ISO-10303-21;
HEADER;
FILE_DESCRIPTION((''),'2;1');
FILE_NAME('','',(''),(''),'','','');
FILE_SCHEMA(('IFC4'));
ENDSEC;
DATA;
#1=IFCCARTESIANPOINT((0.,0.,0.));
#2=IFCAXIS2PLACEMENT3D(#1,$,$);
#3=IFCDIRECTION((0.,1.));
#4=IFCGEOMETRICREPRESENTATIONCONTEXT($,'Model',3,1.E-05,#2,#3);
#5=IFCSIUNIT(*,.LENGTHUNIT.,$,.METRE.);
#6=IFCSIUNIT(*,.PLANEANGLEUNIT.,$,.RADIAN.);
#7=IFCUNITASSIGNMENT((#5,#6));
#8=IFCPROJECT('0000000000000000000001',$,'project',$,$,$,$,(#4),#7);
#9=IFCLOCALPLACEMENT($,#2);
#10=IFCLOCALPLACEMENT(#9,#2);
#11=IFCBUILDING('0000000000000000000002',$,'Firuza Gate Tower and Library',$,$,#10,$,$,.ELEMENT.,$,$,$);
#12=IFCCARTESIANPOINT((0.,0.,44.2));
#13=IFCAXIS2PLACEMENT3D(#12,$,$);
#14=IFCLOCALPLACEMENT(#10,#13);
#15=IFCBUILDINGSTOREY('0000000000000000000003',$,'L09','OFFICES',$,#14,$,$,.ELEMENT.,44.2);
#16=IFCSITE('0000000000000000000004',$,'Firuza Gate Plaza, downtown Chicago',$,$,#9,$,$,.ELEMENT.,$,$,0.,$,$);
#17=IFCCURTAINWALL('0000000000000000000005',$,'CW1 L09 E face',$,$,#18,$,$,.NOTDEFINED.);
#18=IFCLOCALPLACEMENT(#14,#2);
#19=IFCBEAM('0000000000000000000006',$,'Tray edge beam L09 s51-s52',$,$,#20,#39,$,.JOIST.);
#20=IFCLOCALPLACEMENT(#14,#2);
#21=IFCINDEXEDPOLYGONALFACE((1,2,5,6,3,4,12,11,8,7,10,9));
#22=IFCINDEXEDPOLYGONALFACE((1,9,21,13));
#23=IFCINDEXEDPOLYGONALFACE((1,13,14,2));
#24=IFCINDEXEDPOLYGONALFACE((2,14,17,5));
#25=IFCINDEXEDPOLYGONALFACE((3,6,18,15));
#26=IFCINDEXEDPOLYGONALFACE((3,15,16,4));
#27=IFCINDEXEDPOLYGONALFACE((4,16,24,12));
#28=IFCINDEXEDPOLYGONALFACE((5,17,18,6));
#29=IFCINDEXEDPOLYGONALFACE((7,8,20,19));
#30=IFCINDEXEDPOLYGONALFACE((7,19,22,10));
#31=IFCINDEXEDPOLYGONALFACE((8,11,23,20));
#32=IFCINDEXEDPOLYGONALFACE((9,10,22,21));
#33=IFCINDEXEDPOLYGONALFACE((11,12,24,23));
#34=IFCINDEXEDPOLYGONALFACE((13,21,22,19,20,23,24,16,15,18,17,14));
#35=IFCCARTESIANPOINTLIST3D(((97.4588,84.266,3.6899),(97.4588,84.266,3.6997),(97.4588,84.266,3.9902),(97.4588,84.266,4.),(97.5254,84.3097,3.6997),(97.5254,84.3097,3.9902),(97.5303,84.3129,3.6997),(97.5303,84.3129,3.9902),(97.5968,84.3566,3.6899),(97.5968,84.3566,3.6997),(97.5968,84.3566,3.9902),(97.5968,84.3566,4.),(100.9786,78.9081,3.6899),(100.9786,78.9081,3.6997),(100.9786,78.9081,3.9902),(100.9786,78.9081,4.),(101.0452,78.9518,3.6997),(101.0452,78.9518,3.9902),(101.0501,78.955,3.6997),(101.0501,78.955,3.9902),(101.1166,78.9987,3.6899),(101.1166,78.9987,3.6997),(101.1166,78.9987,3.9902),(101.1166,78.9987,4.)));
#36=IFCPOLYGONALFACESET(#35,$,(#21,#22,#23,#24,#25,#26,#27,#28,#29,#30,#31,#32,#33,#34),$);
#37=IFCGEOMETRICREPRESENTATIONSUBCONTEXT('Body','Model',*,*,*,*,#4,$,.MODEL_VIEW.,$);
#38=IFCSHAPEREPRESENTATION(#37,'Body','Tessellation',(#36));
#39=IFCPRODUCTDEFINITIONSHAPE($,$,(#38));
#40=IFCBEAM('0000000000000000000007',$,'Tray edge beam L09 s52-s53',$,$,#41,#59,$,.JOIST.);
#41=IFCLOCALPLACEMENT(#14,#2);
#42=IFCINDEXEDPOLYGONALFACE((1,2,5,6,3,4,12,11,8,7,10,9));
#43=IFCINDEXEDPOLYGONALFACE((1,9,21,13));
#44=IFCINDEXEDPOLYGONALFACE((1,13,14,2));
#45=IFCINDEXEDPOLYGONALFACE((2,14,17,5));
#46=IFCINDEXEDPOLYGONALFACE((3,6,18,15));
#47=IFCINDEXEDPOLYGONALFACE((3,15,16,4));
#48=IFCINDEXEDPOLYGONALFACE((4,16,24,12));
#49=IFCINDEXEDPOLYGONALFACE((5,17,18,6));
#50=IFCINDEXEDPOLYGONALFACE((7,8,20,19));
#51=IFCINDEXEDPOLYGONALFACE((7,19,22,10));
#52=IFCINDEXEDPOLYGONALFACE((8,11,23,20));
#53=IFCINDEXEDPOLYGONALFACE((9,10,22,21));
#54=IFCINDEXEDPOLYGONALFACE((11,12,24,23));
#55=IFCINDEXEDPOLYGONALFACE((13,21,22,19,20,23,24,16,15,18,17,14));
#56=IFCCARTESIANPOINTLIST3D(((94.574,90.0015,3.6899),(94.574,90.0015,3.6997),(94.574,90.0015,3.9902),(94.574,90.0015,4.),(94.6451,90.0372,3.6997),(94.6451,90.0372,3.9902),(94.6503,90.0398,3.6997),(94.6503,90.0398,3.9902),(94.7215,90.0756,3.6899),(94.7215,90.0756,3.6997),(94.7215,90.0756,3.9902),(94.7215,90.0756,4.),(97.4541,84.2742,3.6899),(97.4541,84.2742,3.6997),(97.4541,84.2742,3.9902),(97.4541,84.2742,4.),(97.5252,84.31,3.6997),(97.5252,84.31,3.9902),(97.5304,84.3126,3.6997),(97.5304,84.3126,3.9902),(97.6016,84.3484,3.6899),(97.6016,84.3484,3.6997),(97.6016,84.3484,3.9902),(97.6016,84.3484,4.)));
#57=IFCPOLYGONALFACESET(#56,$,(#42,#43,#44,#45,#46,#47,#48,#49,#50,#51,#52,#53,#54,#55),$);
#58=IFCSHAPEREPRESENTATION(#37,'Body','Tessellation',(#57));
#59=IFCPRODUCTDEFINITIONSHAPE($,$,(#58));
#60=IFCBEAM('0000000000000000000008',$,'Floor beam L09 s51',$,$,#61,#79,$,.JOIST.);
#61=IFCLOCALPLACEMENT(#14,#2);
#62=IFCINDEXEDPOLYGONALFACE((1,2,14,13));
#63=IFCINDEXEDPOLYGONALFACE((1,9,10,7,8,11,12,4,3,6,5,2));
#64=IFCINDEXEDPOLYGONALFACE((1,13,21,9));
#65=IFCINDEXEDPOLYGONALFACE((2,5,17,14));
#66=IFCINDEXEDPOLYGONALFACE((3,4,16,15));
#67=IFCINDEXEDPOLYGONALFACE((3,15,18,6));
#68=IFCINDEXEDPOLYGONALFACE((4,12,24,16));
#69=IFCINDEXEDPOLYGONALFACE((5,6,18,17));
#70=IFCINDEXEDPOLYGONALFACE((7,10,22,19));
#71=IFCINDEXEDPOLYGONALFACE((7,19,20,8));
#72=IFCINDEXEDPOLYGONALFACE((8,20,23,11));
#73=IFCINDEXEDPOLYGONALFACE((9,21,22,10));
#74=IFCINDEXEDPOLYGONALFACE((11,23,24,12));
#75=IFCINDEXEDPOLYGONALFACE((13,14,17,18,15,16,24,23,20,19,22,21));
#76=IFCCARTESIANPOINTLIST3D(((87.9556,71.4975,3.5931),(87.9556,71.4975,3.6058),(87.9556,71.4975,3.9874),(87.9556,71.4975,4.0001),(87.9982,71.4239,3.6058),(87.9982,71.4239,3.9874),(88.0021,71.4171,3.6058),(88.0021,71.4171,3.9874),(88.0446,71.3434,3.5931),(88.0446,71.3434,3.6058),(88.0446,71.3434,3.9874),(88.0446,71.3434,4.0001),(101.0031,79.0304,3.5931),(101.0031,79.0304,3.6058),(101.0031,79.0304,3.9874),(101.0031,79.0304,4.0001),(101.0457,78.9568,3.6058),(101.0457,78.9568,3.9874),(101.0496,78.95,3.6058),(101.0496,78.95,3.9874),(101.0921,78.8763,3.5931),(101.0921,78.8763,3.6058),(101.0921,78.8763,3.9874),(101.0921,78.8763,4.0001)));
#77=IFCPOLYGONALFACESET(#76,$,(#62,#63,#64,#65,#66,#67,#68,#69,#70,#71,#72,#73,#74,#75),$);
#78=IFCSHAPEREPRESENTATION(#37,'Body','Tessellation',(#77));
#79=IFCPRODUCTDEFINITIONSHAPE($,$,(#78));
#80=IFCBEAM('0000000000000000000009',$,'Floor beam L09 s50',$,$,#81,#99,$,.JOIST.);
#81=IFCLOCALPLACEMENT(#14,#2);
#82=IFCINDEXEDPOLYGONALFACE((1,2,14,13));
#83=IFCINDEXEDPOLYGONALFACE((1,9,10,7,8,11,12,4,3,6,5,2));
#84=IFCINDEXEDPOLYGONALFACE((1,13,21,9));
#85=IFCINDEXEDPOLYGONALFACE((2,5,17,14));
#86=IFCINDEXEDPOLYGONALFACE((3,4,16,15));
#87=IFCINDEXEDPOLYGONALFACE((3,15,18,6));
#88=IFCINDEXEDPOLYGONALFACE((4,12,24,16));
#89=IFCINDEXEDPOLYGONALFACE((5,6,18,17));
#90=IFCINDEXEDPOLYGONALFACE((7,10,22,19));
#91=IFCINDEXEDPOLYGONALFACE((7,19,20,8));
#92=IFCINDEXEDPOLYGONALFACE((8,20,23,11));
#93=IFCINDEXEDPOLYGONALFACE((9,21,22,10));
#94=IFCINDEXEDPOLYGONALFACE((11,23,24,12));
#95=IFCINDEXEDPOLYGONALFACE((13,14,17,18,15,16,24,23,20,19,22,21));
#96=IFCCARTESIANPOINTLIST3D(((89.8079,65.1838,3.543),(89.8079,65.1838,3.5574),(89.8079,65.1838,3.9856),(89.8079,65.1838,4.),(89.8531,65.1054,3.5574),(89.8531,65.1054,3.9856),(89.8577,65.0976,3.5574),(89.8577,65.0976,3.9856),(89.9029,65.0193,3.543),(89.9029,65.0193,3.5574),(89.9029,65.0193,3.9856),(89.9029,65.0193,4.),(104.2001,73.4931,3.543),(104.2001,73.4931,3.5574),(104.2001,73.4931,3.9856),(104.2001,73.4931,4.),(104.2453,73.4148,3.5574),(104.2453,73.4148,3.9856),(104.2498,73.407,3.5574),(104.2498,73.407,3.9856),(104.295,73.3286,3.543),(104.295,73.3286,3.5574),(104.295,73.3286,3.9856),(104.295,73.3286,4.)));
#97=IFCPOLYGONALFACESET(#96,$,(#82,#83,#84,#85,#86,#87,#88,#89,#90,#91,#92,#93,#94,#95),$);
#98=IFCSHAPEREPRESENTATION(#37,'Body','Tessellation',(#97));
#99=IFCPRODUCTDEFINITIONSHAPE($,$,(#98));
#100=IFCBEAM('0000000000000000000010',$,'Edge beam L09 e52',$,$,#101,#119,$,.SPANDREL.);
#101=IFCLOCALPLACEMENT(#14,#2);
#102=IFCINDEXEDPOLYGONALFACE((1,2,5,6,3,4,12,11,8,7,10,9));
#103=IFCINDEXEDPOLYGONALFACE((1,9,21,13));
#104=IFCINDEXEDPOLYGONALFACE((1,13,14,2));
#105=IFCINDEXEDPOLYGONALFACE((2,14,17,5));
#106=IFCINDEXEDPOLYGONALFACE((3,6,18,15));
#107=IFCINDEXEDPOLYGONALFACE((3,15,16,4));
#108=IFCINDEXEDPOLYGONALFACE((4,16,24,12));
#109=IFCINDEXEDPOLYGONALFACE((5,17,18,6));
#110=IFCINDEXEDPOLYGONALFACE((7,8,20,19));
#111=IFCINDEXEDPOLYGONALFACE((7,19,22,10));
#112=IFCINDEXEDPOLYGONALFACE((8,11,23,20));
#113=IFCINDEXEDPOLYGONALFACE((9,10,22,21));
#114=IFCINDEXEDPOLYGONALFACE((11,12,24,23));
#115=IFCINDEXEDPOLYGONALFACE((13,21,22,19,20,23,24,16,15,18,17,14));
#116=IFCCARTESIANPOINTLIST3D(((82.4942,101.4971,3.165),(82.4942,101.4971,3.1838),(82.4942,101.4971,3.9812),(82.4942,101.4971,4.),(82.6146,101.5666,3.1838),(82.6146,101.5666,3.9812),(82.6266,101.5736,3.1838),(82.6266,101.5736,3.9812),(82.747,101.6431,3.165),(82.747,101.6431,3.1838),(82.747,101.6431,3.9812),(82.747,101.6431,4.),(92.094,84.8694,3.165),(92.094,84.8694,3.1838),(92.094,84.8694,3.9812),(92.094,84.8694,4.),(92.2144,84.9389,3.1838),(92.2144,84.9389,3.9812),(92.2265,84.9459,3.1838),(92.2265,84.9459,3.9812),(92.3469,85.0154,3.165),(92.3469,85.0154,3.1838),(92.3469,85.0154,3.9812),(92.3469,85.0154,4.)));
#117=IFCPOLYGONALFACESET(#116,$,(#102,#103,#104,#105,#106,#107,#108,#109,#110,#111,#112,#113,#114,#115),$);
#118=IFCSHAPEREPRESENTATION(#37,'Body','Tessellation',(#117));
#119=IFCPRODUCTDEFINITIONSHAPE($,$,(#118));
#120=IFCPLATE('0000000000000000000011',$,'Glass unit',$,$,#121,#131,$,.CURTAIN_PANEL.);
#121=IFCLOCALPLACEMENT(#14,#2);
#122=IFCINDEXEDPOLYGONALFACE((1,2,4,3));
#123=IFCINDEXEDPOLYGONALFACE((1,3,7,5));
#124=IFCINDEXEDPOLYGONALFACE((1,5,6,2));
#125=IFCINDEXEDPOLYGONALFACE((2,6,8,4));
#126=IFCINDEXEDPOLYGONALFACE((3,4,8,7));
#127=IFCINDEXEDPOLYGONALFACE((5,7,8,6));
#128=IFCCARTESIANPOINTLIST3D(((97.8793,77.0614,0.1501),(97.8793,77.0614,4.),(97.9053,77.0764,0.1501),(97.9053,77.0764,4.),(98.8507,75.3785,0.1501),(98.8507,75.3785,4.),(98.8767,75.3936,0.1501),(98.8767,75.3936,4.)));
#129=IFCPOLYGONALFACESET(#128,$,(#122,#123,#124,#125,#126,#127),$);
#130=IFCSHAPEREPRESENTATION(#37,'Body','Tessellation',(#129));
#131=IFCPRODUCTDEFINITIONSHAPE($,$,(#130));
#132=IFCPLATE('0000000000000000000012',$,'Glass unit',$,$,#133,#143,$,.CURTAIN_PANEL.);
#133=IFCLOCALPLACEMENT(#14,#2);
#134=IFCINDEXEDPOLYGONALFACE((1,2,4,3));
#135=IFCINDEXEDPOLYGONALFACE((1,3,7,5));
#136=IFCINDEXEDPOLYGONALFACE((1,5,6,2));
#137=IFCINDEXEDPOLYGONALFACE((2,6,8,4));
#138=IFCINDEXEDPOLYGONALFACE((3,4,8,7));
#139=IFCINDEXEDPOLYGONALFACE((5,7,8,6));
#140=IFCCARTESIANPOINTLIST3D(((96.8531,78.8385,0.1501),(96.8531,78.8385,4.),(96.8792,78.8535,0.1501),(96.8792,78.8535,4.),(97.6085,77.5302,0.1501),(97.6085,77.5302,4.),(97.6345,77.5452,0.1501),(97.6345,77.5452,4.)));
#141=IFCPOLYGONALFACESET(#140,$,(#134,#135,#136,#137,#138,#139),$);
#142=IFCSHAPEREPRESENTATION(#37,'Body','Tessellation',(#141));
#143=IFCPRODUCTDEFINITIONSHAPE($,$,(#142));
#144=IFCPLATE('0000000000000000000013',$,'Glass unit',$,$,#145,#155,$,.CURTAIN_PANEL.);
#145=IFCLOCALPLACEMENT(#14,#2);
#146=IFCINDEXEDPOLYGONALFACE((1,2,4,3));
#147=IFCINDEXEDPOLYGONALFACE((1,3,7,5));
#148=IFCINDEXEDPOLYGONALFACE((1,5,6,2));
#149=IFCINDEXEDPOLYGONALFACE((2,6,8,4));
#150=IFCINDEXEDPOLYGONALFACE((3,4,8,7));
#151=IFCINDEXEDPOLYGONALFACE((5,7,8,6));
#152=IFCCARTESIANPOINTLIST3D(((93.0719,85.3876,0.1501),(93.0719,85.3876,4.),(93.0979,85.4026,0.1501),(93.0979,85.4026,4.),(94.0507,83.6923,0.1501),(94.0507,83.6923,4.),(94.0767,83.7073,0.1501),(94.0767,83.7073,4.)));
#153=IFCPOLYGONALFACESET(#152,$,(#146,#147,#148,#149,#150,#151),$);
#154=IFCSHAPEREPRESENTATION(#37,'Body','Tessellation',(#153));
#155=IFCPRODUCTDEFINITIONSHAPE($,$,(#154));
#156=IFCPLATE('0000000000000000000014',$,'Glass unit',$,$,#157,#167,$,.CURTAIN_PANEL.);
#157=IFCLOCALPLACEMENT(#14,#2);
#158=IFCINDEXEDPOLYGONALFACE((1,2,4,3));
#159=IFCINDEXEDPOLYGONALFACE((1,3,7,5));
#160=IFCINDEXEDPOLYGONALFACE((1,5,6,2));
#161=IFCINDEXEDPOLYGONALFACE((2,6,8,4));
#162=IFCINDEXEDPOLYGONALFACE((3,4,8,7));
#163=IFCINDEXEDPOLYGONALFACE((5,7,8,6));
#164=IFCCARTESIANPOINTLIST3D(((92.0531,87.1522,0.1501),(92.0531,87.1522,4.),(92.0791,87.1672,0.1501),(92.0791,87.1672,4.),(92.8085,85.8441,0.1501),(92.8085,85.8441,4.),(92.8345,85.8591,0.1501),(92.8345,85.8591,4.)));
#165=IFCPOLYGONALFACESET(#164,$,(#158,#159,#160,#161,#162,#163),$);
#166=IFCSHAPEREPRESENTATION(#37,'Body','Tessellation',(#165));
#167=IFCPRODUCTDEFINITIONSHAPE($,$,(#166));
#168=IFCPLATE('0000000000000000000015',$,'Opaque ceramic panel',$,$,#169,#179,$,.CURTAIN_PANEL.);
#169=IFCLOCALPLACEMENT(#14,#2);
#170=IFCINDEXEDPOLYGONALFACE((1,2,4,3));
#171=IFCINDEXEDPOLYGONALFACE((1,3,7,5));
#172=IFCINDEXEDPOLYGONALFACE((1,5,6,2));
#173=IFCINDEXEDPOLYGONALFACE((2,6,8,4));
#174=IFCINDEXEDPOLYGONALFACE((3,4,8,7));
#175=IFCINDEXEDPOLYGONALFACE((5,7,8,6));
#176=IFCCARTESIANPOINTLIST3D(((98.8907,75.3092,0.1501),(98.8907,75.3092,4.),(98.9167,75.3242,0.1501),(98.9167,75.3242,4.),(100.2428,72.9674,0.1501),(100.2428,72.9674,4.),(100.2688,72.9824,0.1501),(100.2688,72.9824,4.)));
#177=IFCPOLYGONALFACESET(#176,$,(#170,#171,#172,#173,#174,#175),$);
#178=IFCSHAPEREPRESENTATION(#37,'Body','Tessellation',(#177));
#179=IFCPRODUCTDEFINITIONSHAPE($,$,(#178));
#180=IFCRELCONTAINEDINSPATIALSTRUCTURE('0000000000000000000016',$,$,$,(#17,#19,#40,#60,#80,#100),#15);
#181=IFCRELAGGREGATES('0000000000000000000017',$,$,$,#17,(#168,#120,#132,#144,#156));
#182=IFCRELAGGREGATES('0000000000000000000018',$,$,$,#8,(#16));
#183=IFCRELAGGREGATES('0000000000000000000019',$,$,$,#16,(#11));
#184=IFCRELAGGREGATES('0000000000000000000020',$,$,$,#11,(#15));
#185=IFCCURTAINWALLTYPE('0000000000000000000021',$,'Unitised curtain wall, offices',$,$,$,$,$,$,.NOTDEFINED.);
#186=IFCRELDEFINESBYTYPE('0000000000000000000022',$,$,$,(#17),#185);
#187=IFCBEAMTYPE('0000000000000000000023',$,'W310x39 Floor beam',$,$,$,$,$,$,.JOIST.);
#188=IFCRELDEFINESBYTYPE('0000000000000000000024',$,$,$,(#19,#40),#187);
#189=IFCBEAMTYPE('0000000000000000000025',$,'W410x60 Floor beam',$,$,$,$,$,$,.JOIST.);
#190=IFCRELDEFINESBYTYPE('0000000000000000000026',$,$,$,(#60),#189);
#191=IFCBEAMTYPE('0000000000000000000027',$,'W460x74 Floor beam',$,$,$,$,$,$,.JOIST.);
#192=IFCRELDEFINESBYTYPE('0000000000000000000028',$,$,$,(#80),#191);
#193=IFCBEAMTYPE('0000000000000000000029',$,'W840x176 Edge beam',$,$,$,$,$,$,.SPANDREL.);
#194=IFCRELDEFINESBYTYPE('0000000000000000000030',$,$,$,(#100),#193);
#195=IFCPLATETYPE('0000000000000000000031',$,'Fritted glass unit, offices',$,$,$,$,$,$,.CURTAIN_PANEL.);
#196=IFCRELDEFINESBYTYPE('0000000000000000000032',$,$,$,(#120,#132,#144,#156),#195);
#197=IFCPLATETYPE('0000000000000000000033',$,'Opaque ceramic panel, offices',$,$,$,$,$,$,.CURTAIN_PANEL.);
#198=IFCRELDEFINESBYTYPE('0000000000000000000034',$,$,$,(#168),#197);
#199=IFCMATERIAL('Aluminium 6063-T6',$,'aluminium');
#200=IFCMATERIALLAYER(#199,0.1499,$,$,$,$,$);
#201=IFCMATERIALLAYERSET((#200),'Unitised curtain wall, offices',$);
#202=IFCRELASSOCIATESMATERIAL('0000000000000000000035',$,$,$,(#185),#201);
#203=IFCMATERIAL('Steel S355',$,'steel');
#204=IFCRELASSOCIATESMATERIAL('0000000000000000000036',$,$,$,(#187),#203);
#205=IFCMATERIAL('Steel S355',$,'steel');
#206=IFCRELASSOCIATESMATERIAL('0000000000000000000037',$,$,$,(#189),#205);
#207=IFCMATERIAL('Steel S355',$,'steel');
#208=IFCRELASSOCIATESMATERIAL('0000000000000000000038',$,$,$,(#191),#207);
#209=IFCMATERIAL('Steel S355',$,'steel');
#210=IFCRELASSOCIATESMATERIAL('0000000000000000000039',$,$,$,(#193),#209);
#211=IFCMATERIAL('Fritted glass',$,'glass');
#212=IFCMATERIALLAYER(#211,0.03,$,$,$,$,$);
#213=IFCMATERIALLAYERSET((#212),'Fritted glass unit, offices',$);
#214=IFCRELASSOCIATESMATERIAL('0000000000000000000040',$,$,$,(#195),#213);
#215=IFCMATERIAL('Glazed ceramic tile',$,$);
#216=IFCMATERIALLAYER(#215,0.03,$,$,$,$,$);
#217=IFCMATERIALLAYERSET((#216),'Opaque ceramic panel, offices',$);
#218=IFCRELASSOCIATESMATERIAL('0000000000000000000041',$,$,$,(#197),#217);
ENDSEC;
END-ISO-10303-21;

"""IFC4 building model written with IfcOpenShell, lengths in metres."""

from ifc_helpers import new_model, si_unit, direction, frame, origin, origin_2d, place, context, subcontext, project, spatial, polyline, i_section, outline, extrude, material, layer, layer_set, material_profile, profile_set, type_object, element, aggregate, save


model = new_model("IFC4")

# Units and contexts
model_context = context("Model", 3, precision=1e-05, world=origin(), true_north=direction((0.0, 1.0)))
body_context = subcontext(model_context, "Body", "Model", "MODEL_VIEW")
ifc_project = project(units=[si_unit("LENGTHUNIT", "METRE"), si_unit("PLANEANGLEUNIT", "RADIAN")], contexts=[model_context])

# Site, building, storey
site_placement = place(None, origin())
site = spatial("IfcSite", under=ifc_project, at=site_placement, Name="Firuza Gate Plaza, downtown Chicago", CompositionType="ELEMENT", RefElevation=0.0)
building_placement = place(site_placement, origin())
building = spatial("IfcBuilding", under=site, at=building_placement, Name="Firuza Gate Tower and Library", CompositionType="ELEMENT")
storey_placement = place(building_placement, frame((0.0, 0.0, 44.2)))
storey = spatial("IfcBuildingStorey", under=building, at=storey_placement, Name="L09", Description="OFFICES", CompositionType="ELEMENT", Elevation=44.2)

# Curtain wall
ifc_material_1 = material(Name="Aluminium 6063-T6", Category="aluminium")
ifc_layer_1 = layer(ifc_material_1, 0.1499)
ifc_layer_set_1 = layer_set([ifc_layer_1], Name="Unitised curtain wall, offices")
curtain_wall_type = type_object("IfcCurtainWallType", Name="Unitised curtain wall, offices", PredefinedType="NOTDEFINED", material=ifc_layer_set_1)
curtain_wall_placement = place(storey_placement, origin())
curtain_wall = element("IfcCurtainWall", 1, at=curtain_wall_placement, inside=storey, type_object=curtain_wall_type, Name="CW1 L09 E face", PredefinedType="NOTDEFINED")

# Beams
ifc_material_2 = material(Name="Steel S355", Category="steel")
ifc_material_profile_1 = material_profile(ifc_material_2, i_section(OverallWidth=0.165, OverallDepth=0.3101, WebThickness=0.0059, FlangeThickness=0.0098, at=origin_2d()))
ifc_profile_set_1 = profile_set([ifc_material_profile_1], Name="Steel S355")
beam_type_1 = type_object("IfcBeamType", Name="W310x39 Floor beam", PredefinedType="JOIST", material=ifc_profile_set_1)
for number, where, z_axis, x_axis, name in (
    (2, (101.0476, 78.9534, 3.845), (-0.549054, 0.835787, 0.0), (-0.835787, -0.549054, 0.0), "Tray edge beam L09 s51-s52"),
    (3, (97.5278, 84.3113, 3.845), (-0.449269, 0.893397, 0.0), (-0.893397, -0.449269, 0.0), "Tray edge beam L09 s52-s53"),
):
    element("IfcBeam", number, at=place(storey_placement, frame(where, z_axis=z_axis, x_axis=x_axis)), inside=storey, type_object=beam_type_1, Name=name, PredefinedType="JOIST", context=body_context, shape_type="SweptSolid", body=[
        extrude(i_section(OverallWidth=0.165, OverallDepth=0.3101, WebThickness=0.0059, FlangeThickness=0.0098, at=origin_2d()), origin(), (0.0, 0.0, 1.0), 6.4106),
    ])
ifc_material_3 = material(Name="Steel S355", Category="steel")
ifc_material_profile_2 = material_profile(ifc_material_3, i_section(OverallWidth=0.178, OverallDepth=0.407, WebThickness=0.0078, FlangeThickness=0.0127, at=origin_2d()))
ifc_profile_set_2 = profile_set([ifc_material_profile_2], Name="Steel S355")
beam_type_2 = type_object("IfcBeamType", Name="W410x60 Floor beam", PredefinedType="JOIST", material=ifc_profile_set_2)
beam_1_placement = place(storey_placement, frame((101.0476, 78.9534, 3.7966), z_axis=(-0.866028, -0.499996, 0.0), x_axis=(0.499996, -0.866028, 0.0)))
element("IfcBeam", 4, at=beam_1_placement, inside=storey, type_object=beam_type_2, Name="Floor beam L09 s51", PredefinedType="JOIST", context=body_context, shape_type="SweptSolid", body=[
    extrude(i_section(OverallWidth=0.178, OverallDepth=0.407, WebThickness=0.0078, FlangeThickness=0.0127, at=origin_2d()), origin(), (0.0, 0.0, 1.0), 15.0659),
])
ifc_material_4 = material(Name="Steel S355", Category="steel")
ifc_material_profile_3 = material_profile(ifc_material_4, i_section(OverallWidth=0.1899, OverallDepth=0.457, WebThickness=0.009, FlangeThickness=0.0144, at=origin_2d()))
ifc_profile_set_3 = profile_set([ifc_material_profile_3], Name="Steel S355")
beam_type_3 = type_object("IfcBeamType", Name="W460x74 Floor beam", PredefinedType="JOIST", material=ifc_profile_set_3)
beam_2_placement = place(storey_placement, frame((104.2476, 73.4109, 3.7715), z_axis=(-0.866024, -0.500002, 0.0), x_axis=(0.500002, -0.866024, 0.0)))
element("IfcBeam", 5, at=beam_2_placement, inside=storey, type_object=beam_type_3, Name="Floor beam L09 s50", PredefinedType="JOIST", context=body_context, shape_type="SweptSolid", body=[
    extrude(i_section(OverallWidth=0.1899, OverallDepth=0.457, WebThickness=0.009, FlangeThickness=0.0144, at=origin_2d()), origin(), (0.0, 0.0, 1.0), 16.6187),
])
ifc_material_5 = material(Name="Steel S355", Category="steel")
ifc_material_profile_4 = material_profile(ifc_material_5, i_section(OverallWidth=0.292, OverallDepth=0.835, WebThickness=0.0139, FlangeThickness=0.0188, at=origin_2d()))
ifc_profile_set_4 = profile_set([ifc_material_profile_4], Name="Steel S355")
beam_type_4 = type_object("IfcBeamType", Name="W840x176 Edge beam", PredefinedType="SPANDREL", material=ifc_profile_set_4)
beam_3_placement = place(storey_placement, frame((92.2205, 84.9424, 3.5825), z_axis=(-0.499994, 0.866029, 0.0), x_axis=(-0.866029, -0.499994, 0.0)))
element("IfcBeam", 6, at=beam_3_placement, inside=storey, type_object=beam_type_4, Name="Edge beam L09 e52", PredefinedType="SPANDREL", context=body_context, shape_type="SweptSolid", body=[
    extrude(i_section(OverallWidth=0.292, OverallDepth=0.835, WebThickness=0.0139, FlangeThickness=0.0188, at=origin_2d()), origin(), (0.0, 0.0, 1.0), 19.2),
])

# Plates
ifc_material_6 = material(Name="Fritted glass", Category="glass")
ifc_layer_2 = layer(ifc_material_6, 0.03)
ifc_layer_set_2 = layer_set([ifc_layer_2], Name="Fritted glass unit, offices")
plate_type_1 = type_object("IfcPlateType", Name="Fritted glass unit, offices", PredefinedType="CURTAIN_PANEL", material=ifc_layer_set_2)
plate_1_placement = place(storey_placement, frame((98.8767, 75.3936, 0.1501), z_axis=(0.866062, 0.499936, 0.0), x_axis=(-0.499936, 0.866062, 0.0)))
plate_1 = element("IfcPlate", 7, at=plate_1_placement, type_object=plate_type_1, Name="Glass unit", PredefinedType="CURTAIN_PANEL", context=body_context, shape_type="SweptSolid", body=[
    extrude(outline(polyline([(0.0, 0.0), (1.9431, 0.0), (1.9431, 3.8499), (0.0, 3.8499), (0.0, 0.0)])), origin(), (0.0, 0.0, -1.0), 0.03),
])
plate_2_placement = place(storey_placement, frame((97.6345, 77.5452, 0.1501), z_axis=(0.866027, 0.499998, 0.0), x_axis=(-0.499998, 0.866027, 0.0)))
plate_2 = element("IfcPlate", 8, at=plate_2_placement, type_object=plate_type_1, Name="Glass unit", PredefinedType="CURTAIN_PANEL", context=body_context, shape_type="SweptSolid", body=[
    extrude(outline(polyline([(0.0, 0.0), (1.5107, 0.0), (1.5107, 3.8499), (0.0, 3.8499), (0.0, 0.0)])), origin(), (0.0, 0.0, -1.0), 0.03),
])
plate_3_placement = place(storey_placement, frame((94.0767, 83.7073, 0.1501), z_axis=(0.866032, 0.499989, 0.0), x_axis=(-0.499989, 0.866032, 0.0)))
plate_3 = element("IfcPlate", 9, at=plate_3_placement, type_object=plate_type_1, Name="Glass unit", PredefinedType="CURTAIN_PANEL", context=body_context, shape_type="SweptSolid", body=[
    extrude(outline(polyline([(0.0, 0.0), (1.9576, 0.0), (1.9576, 3.8499), (0.0, 3.8499), (0.0, 0.0)])), origin(), (0.0, 0.0, -1.0), 0.03),
])
plate_4_placement = place(storey_placement, frame((92.8345, 85.8591, 0.1501), z_axis=(0.865986, 0.500068, 0.0), x_axis=(-0.500068, 0.865986, 0.0)))
plate_4 = element("IfcPlate", 10, at=plate_4_placement, type_object=plate_type_1, Name="Glass unit", PredefinedType="CURTAIN_PANEL", context=body_context, shape_type="SweptSolid", body=[
    extrude(outline(polyline([(0.0, 0.0), (1.5105, 0.0), (1.5105, 3.8499), (0.0, 3.8499), (0.0, 0.0)])), origin(), (0.0, 0.0, -1.0), 0.03),
])
ifc_material_7 = material(Name="Glazed ceramic tile")
ifc_layer_3 = layer(ifc_material_7, 0.03)
ifc_layer_set_3 = layer_set([ifc_layer_3], Name="Opaque ceramic panel, offices")
plate_type_2 = type_object("IfcPlateType", Name="Opaque ceramic panel, offices", PredefinedType="CURTAIN_PANEL", material=ifc_layer_set_3)
plate_5_placement = place(storey_placement, frame((100.2688, 72.9824, 0.1501), z_axis=(0.866023, 0.500004, 0.0), x_axis=(-0.500004, 0.866023, 0.0)))
plate_5 = element("IfcPlate", 11, at=plate_5_placement, type_object=plate_type_2, Name="Opaque ceramic panel", PredefinedType="CURTAIN_PANEL", context=body_context, shape_type="SweptSolid", body=[
    extrude(outline(polyline([(0.0, 0.0), (2.7041, 0.0), (2.7041, 3.8499), (0.0, 3.8499), (0.0, 0.0)])), origin(), (0.0, 0.0, -1.0), 0.03),
])
aggregate(curtain_wall, [plate_5, plate_1, plate_2, plate_3, plate_4])

save(model, "model.ifc")
